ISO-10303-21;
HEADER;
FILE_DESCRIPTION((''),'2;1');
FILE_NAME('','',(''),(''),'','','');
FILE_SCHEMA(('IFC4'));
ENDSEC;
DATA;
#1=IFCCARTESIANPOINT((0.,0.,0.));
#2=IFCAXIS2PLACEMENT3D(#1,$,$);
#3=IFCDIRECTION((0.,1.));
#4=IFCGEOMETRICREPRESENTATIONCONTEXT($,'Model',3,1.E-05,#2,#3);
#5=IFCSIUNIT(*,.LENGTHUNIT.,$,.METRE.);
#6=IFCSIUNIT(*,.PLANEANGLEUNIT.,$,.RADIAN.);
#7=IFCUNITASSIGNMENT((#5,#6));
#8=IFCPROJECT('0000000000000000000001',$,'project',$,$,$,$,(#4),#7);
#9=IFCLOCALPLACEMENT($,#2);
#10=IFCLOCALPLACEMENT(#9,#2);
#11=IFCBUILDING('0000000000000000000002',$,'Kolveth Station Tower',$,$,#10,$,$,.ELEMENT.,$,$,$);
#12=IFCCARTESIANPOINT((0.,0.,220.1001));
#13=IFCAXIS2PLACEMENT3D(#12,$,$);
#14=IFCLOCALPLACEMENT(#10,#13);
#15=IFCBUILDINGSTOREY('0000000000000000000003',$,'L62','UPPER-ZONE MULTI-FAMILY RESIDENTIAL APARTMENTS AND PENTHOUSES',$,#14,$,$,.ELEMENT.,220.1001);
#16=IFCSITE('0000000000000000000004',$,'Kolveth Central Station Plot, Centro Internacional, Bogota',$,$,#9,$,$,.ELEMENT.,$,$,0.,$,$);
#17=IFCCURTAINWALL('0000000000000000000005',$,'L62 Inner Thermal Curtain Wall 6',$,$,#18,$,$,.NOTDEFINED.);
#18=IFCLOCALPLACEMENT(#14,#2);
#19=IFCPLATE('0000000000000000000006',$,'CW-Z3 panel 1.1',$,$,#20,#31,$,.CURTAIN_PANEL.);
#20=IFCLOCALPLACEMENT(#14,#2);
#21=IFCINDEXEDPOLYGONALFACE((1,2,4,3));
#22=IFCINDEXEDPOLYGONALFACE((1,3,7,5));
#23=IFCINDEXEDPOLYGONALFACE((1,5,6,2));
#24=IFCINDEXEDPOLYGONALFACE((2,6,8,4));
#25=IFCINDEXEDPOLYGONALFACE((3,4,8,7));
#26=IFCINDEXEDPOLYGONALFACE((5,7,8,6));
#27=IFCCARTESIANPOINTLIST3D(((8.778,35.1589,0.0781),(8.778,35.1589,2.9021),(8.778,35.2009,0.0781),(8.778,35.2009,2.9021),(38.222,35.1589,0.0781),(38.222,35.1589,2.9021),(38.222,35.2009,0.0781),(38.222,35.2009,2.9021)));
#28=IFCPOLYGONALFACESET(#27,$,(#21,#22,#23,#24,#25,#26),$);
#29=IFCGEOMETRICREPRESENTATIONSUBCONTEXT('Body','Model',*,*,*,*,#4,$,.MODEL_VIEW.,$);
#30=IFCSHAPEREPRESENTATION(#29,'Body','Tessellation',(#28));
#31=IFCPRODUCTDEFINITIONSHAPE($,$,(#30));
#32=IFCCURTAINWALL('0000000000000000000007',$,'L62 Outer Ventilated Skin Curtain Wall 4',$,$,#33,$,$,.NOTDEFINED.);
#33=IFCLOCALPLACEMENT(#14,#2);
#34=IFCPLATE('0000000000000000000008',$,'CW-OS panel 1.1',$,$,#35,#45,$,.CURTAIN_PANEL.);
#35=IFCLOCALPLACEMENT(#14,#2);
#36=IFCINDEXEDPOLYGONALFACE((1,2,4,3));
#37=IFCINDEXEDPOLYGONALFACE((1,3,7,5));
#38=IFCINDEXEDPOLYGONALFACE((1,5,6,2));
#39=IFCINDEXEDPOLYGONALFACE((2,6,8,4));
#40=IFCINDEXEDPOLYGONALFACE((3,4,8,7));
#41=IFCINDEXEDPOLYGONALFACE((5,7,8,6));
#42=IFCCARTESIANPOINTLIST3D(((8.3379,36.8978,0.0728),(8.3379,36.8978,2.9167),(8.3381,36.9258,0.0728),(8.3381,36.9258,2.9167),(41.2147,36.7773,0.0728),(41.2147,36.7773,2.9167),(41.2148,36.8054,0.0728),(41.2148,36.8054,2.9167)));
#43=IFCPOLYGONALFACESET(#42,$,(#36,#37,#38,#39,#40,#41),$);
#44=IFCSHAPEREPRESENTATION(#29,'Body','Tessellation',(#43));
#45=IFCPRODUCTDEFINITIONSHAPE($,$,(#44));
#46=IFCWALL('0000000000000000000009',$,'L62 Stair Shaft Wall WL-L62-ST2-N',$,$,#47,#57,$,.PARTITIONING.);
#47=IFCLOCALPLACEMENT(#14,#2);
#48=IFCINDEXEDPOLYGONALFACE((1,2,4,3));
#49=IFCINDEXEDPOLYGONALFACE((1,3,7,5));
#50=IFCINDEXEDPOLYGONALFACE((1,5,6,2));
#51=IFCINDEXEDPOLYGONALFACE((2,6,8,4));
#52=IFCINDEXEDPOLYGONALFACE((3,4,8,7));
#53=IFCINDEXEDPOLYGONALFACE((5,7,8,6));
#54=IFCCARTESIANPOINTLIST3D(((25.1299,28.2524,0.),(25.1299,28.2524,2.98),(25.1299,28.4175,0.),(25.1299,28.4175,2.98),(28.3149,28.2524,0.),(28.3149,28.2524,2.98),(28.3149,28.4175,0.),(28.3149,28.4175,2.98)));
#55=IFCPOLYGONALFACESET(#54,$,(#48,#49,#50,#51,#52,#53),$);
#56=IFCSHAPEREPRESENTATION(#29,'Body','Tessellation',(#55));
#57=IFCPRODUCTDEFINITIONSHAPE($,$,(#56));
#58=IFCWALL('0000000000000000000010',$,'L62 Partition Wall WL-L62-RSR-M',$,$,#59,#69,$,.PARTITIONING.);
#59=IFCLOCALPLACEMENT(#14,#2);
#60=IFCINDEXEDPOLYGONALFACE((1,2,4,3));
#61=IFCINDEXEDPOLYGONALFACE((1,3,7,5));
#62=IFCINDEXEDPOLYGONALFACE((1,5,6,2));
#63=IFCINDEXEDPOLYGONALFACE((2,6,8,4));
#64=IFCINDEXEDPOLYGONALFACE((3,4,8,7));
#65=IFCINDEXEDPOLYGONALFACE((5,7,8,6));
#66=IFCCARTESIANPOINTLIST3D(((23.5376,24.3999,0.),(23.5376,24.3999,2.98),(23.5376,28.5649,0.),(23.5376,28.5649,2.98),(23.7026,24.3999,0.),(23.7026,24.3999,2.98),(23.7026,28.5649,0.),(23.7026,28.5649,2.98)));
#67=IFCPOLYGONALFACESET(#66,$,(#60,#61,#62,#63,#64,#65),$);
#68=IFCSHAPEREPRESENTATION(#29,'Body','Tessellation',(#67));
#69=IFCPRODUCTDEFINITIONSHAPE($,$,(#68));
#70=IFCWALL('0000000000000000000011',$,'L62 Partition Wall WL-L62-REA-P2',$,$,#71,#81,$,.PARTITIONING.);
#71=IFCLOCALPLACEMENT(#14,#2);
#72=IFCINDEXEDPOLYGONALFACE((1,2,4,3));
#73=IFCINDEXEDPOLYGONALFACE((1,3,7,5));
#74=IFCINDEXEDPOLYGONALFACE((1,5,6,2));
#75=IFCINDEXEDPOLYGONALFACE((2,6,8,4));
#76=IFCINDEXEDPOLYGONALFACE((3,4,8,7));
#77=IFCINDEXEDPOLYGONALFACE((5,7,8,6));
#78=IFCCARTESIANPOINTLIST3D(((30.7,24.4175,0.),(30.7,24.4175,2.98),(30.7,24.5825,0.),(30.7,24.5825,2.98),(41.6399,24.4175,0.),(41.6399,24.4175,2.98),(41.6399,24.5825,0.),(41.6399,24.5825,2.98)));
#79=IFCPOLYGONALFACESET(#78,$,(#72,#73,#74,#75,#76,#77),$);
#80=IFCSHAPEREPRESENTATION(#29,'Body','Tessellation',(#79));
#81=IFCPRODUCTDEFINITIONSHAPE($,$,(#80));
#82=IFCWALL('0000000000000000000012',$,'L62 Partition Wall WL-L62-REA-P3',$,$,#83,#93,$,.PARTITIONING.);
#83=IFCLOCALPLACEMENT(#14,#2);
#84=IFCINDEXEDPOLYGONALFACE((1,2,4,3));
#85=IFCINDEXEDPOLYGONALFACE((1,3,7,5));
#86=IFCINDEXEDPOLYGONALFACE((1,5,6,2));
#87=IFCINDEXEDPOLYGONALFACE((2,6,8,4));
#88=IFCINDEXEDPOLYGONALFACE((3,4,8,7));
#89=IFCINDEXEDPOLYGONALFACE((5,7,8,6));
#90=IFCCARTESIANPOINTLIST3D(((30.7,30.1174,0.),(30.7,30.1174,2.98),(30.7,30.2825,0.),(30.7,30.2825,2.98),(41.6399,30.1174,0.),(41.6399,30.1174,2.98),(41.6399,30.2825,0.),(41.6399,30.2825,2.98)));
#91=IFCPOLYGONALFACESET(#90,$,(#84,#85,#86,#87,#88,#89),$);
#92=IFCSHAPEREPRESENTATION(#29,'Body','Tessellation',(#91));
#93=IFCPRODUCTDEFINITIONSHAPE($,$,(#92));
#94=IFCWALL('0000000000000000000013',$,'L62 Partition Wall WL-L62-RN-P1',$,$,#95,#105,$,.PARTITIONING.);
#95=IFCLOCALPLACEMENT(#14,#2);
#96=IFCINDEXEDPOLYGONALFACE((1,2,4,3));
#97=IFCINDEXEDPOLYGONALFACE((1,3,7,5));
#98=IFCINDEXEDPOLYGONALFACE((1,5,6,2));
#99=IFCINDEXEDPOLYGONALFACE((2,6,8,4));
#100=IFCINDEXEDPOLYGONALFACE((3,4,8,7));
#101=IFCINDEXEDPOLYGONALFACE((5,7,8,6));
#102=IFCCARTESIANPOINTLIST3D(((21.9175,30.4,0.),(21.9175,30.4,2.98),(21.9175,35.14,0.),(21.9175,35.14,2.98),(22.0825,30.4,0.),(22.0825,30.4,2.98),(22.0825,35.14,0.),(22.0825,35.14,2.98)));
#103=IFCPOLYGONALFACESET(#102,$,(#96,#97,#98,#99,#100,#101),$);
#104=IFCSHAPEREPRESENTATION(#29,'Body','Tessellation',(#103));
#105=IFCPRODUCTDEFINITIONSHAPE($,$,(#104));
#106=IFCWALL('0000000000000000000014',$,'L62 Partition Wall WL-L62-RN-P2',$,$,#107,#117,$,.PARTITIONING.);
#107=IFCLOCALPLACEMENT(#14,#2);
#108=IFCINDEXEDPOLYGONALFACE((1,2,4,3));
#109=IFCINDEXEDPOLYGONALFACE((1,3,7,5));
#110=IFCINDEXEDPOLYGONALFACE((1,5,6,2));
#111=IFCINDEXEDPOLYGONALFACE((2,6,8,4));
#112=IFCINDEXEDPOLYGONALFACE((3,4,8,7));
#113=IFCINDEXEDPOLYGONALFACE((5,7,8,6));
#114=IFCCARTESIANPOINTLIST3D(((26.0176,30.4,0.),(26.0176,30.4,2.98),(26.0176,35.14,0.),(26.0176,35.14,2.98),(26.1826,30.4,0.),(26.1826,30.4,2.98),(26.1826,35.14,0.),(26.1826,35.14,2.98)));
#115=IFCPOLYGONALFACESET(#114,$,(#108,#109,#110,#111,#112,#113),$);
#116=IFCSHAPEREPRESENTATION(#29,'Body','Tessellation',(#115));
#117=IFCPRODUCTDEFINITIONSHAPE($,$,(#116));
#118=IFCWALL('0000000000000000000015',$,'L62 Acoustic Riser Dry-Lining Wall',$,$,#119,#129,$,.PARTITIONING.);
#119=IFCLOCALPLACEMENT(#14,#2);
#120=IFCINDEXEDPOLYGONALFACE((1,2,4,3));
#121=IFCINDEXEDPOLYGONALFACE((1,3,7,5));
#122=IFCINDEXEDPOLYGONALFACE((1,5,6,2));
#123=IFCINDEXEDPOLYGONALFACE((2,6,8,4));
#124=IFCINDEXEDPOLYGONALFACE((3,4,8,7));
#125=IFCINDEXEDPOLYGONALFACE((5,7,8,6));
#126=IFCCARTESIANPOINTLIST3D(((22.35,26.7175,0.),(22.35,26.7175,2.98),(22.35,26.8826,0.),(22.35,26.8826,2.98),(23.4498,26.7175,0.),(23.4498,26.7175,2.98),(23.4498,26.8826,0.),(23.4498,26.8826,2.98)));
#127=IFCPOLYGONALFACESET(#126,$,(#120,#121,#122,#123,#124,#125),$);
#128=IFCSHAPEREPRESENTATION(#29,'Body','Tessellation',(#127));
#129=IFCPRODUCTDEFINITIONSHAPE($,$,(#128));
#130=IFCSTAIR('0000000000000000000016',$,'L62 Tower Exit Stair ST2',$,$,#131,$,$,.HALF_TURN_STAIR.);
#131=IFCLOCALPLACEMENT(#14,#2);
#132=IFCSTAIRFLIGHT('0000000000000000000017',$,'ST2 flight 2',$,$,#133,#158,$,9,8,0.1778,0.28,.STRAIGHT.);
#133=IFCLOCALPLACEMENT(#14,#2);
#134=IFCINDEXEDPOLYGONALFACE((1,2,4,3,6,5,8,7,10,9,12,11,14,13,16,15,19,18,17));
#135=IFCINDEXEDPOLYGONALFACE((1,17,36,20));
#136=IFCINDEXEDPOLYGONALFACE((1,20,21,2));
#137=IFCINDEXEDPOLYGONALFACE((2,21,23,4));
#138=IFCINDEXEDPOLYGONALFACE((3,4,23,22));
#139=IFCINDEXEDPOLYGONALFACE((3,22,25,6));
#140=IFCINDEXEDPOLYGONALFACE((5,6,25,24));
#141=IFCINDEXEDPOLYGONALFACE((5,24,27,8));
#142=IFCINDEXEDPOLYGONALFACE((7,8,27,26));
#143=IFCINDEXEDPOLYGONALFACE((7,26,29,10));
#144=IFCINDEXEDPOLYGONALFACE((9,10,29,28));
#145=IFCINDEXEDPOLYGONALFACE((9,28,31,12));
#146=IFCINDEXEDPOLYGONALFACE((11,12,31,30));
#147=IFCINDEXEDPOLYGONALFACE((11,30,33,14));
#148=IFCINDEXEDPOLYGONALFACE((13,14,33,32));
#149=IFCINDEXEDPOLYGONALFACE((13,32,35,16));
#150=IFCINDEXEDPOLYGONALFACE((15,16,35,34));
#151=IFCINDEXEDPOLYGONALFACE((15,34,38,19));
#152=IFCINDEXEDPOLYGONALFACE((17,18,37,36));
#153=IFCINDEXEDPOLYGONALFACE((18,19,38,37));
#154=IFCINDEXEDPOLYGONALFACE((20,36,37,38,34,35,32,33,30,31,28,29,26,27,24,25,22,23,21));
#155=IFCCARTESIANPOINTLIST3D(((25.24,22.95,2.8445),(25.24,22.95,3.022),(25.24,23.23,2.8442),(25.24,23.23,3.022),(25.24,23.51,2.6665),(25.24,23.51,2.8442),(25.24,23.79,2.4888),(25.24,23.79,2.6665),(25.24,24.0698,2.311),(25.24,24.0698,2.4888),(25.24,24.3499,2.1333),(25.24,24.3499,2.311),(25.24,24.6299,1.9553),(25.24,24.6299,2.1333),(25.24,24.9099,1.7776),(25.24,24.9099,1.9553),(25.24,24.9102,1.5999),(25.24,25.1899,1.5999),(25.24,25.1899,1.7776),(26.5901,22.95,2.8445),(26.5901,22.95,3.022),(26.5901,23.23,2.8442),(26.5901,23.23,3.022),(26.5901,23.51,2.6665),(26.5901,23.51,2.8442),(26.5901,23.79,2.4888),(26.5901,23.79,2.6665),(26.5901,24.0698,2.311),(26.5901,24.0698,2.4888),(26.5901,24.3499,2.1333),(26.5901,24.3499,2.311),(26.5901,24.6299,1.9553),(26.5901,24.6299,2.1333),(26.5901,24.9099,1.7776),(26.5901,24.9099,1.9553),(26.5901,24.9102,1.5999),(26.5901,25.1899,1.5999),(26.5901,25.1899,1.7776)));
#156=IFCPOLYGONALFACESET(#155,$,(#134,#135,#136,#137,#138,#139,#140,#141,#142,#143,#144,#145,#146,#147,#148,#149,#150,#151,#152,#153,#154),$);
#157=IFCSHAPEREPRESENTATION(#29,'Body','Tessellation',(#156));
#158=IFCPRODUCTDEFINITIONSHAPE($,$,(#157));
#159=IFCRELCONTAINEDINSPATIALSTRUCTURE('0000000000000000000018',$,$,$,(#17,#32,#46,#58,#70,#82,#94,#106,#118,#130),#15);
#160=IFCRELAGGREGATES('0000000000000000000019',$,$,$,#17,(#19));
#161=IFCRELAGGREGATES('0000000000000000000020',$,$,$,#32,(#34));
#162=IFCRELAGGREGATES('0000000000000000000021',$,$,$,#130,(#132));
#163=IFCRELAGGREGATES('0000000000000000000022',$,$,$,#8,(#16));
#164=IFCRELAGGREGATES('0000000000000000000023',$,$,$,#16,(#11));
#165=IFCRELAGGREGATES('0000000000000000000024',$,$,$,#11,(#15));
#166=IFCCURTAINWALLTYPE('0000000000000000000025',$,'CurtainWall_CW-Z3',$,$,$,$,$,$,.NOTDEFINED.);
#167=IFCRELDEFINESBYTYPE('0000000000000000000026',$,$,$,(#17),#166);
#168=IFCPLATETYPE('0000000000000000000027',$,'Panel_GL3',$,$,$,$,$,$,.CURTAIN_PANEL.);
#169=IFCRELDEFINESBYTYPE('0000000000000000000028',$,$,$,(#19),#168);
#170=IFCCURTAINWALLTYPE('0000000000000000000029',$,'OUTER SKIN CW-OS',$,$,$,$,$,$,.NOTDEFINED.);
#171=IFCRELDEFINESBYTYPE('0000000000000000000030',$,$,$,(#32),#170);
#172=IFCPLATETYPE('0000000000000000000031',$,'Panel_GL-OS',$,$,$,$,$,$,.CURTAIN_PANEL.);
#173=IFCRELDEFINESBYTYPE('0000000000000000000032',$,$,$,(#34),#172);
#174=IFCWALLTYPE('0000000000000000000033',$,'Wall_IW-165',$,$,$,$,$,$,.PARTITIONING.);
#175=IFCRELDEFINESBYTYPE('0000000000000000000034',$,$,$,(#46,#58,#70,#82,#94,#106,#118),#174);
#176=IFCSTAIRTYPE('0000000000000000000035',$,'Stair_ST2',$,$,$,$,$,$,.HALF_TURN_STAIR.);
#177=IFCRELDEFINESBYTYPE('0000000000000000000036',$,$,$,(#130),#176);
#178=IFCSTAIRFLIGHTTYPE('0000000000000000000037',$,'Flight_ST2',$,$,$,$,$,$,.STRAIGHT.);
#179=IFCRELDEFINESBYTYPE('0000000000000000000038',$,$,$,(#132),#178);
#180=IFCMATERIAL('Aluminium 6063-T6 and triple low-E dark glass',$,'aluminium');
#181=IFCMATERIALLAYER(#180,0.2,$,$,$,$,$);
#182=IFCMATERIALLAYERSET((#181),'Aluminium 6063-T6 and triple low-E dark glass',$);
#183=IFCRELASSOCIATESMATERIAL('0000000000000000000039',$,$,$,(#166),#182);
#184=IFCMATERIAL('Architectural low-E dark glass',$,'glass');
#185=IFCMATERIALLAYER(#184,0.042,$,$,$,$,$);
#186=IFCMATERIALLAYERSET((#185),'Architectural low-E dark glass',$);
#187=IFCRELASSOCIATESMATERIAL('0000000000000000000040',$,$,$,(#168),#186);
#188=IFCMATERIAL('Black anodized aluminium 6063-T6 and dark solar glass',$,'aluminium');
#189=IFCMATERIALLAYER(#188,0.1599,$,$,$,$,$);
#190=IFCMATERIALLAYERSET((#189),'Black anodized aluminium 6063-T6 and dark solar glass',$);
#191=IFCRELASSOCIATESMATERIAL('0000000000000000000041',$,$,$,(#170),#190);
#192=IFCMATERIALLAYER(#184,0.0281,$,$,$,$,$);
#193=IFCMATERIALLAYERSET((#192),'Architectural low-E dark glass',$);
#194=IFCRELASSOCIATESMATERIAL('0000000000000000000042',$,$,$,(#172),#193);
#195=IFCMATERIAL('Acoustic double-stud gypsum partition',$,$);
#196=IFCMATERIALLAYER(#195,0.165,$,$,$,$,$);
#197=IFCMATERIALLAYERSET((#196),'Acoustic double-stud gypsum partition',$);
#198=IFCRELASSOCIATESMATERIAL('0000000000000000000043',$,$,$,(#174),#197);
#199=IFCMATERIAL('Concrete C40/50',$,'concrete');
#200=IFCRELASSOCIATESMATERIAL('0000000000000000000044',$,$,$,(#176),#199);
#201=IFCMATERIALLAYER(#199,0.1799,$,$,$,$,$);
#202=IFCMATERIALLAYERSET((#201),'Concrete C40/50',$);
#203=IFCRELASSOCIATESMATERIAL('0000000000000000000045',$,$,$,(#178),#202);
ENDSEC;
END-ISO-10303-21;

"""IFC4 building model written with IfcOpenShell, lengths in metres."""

from ifc_helpers import new_model, si_unit, direction, frame, frame_2d, origin, origin_2d, place, context, subcontext, project, spatial, polyline, rectangle, outline, extrude, source, transform, mapped, material, layer, layer_set, type_object, element, aggregate, save


model = new_model("IFC4")

# Units and contexts
model_context = context("Model", 3, precision=1e-05, world=origin(), true_north=direction((0.0, 1.0)))
body_context = subcontext(model_context, "Body", "Model", "MODEL_VIEW")
ifc_project = project(units=[si_unit("LENGTHUNIT", "METRE"), si_unit("PLANEANGLEUNIT", "RADIAN")], contexts=[model_context])

# Site, building, storey
site_placement = place(None, origin())
site = spatial("IfcSite", under=ifc_project, at=site_placement, Name="Kolveth Central Station Plot, Centro Internacional, Bogota", CompositionType="ELEMENT", RefElevation=0.0)
building_placement = place(site_placement, origin())
building = spatial("IfcBuilding", under=site, at=building_placement, Name="Kolveth Station Tower", CompositionType="ELEMENT")
storey_placement = place(building_placement, frame((0.0, 0.0, 220.1001)))
storey = spatial("IfcBuildingStorey", under=building, at=storey_placement, Name="L62", Description="UPPER-ZONE MULTI-FAMILY RESIDENTIAL APARTMENTS AND PENTHOUSES", CompositionType="ELEMENT", Elevation=220.1001)

# Curtain walls, plates
ifc_material_1 = material(Name="Aluminium 6063-T6 and triple low-E dark glass", Category="aluminium")
ifc_layer_1 = layer(ifc_material_1, 0.2)
ifc_layer_set_1 = layer_set([ifc_layer_1], Name="Aluminium 6063-T6 and triple low-E dark glass")
curtain_wall_type_1 = type_object("IfcCurtainWallType", Name="CurtainWall_CW-Z3", PredefinedType="NOTDEFINED", material=ifc_layer_set_1)
curtain_wall_1_placement = place(storey_placement, origin())
curtain_wall_1 = element("IfcCurtainWall", 1, at=curtain_wall_1_placement, inside=storey, type_object=curtain_wall_type_1, Name="L62 Inner Thermal Curtain Wall 6", PredefinedType="NOTDEFINED")
ifc_material_2 = material(Name="Architectural low-E dark glass", Category="glass")
ifc_layer_2 = layer(ifc_material_2, 0.042)
ifc_layer_set_2 = layer_set([ifc_layer_2], Name="Architectural low-E dark glass")
plate_type_1 = type_object("IfcPlateType", Name="Panel_GL3", PredefinedType="CURTAIN_PANEL", material=ifc_layer_set_2)
shared_shape_1 = source(origin(), body_context, "Body", "SweptSolid", [
    extrude(rectangle(XDim=29.4441, YDim=0.042, at=origin_2d()), origin(), (0.0, 0.0, 1.0), 2.824),
])
plate_1_placement = place(storey_placement, frame((23.5, 35.1799, 0.0781), z_axis=(0.0, 0.0, 1.0), x_axis=(-1.0, 0.0, 0.0)))
plate_1 = element("IfcPlate", 2, at=plate_1_placement, type_object=plate_type_1, Name="CW-Z3 panel 1.1", PredefinedType="CURTAIN_PANEL", context=body_context, shape_type="MappedRepresentation", body=[
    mapped(shared_shape_1, transform((0.0, 0.0, 0.0), x_axis=(1.0, 0.0, 0.0), y_axis=(0.0, 1.0, 0.0), z_axis=(0.0, 0.0, 1.0), scale=1.0)),
])
aggregate(curtain_wall_1, [plate_1])
ifc_material_3 = material(Name="Black anodized aluminium 6063-T6 and dark solar glass", Category="aluminium")
ifc_layer_3 = layer(ifc_material_3, 0.1599)
ifc_layer_set_3 = layer_set([ifc_layer_3], Name="Black anodized aluminium 6063-T6 and dark solar glass")
curtain_wall_type_2 = type_object("IfcCurtainWallType", Name="OUTER SKIN CW-OS", PredefinedType="NOTDEFINED", material=ifc_layer_set_3)
curtain_wall_2_placement = place(storey_placement, origin())
curtain_wall_2 = element("IfcCurtainWall", 3, at=curtain_wall_2_placement, inside=storey, type_object=curtain_wall_type_2, Name="L62 Outer Ventilated Skin Curtain Wall 4", PredefinedType="NOTDEFINED")
ifc_layer_4 = layer(ifc_material_2, 0.0281)
ifc_layer_set_4 = layer_set([ifc_layer_4], Name="Architectural low-E dark glass")
plate_type_2 = type_object("IfcPlateType", Name="Panel_GL-OS", PredefinedType="CURTAIN_PANEL", material=ifc_layer_set_4)
shared_shape_2 = source(origin(), body_context, "Body", "SweptSolid", [
    extrude(rectangle(XDim=32.877, YDim=0.0281, at=origin_2d()), origin(), (0.0, 0.0, 1.0), 2.844),
])
plate_2_placement = place(storey_placement, frame((24.7764, 36.8516, 0.0728), z_axis=(0.0, 0.0, 1.0), x_axis=(-0.999993, 0.003665, 0.0)))
plate_2 = element("IfcPlate", 4, at=plate_2_placement, type_object=plate_type_2, Name="CW-OS panel 1.1", PredefinedType="CURTAIN_PANEL", context=body_context, shape_type="MappedRepresentation", body=[
    mapped(shared_shape_2, transform((0.0, 0.0, 0.0), x_axis=(1.0, 0.0, 0.0), y_axis=(0.0, 1.0, 0.0), z_axis=(0.0, 0.0, 1.0), scale=1.0)),
])
aggregate(curtain_wall_2, [plate_2])

# Walls
ifc_material_4 = material(Name="Acoustic double-stud gypsum partition")
ifc_layer_5 = layer(ifc_material_4, 0.165)
ifc_layer_set_5 = layer_set([ifc_layer_5], Name="Acoustic double-stud gypsum partition")
wall_type = type_object("IfcWallType", Name="Wall_IW-165", PredefinedType="PARTITIONING", material=ifc_layer_set_5)
wall_1_placement = place(storey_placement, frame((25.1299, 28.335, 0.0), z_axis=(0.0, 0.0, 1.0), x_axis=(1.0, 0.0, 0.0)))
element("IfcWall", 5, at=wall_1_placement, inside=storey, type_object=wall_type, Name="L62 Stair Shaft Wall WL-L62-ST2-N", PredefinedType="PARTITIONING", context=body_context, shape_type="SweptSolid", body=[
    extrude(rectangle(XDim=3.1851, YDim=0.165, at=frame_2d((1.5925, 0.0))), origin(), (0.0, 0.0, 1.0), 2.98),
])
wall_2_placement = place(storey_placement, frame((23.6201, 24.3999, 0.0), z_axis=(0.0, 0.0, 1.0), x_axis=(0.0, 1.0, 0.0)))
element("IfcWall", 6, at=wall_2_placement, inside=storey, type_object=wall_type, Name="L62 Partition Wall WL-L62-RSR-M", PredefinedType="PARTITIONING", context=body_context, shape_type="SweptSolid", body=[
    extrude(rectangle(XDim=4.165, YDim=0.165, at=frame_2d((2.0825, 0.0))), origin(), (0.0, 0.0, 1.0), 2.98),
])
for number, where, z_axis, x_axis, name in (
    (7, (30.7, 24.5, 0.0), (0.0, 0.0, 1.0), (1.0, 0.0, 0.0), "L62 Partition Wall WL-L62-REA-P2"),
    (8, (30.7, 30.2, 0.0), (0.0, 0.0, 1.0), (1.0, 0.0, 0.0), "L62 Partition Wall WL-L62-REA-P3"),
):
    element("IfcWall", number, at=place(storey_placement, frame(where, z_axis=z_axis, x_axis=x_axis)), inside=storey, type_object=wall_type, Name=name, PredefinedType="PARTITIONING", context=body_context, shape_type="SweptSolid", body=[
        extrude(rectangle(XDim=10.9399, YDim=0.165, at=frame_2d((5.47, 0.0))), origin(), (0.0, 0.0, 1.0), 2.98),
    ])
for number, where, z_axis, x_axis, name in (
    (9, (22.0, 30.3999, 0.0), (0.0, 0.0, 1.0), (0.0, 1.0, 0.0), "L62 Partition Wall WL-L62-RN-P1"),
    (10, (26.1001, 30.3999, 0.0), (0.0, 0.0, 1.0), (0.0, 1.0, 0.0), "L62 Partition Wall WL-L62-RN-P2"),
):
    element("IfcWall", number, at=place(storey_placement, frame(where, z_axis=z_axis, x_axis=x_axis)), inside=storey, type_object=wall_type, Name=name, PredefinedType="PARTITIONING", context=body_context, shape_type="SweptSolid", body=[
        extrude(rectangle(XDim=4.74, YDim=0.165, at=frame_2d((2.3701, 0.0))), origin(), (0.0, 0.0, 1.0), 2.98),
    ])
wall_3_placement = place(storey_placement, frame((22.3501, 26.8, 0.0), z_axis=(0.0, 0.0, 1.0), x_axis=(1.0, 0.0, 0.0)))
element("IfcWall", 11, at=wall_3_placement, inside=storey, type_object=wall_type, Name="L62 Acoustic Riser Dry-Lining Wall", PredefinedType="PARTITIONING", context=body_context, shape_type="SweptSolid", body=[
    extrude(rectangle(XDim=1.0999, YDim=0.165, at=frame_2d((0.5498, 0.0))), origin(), (0.0, 0.0, 1.0), 2.98),
])

# Stair, stair flight
ifc_material_5 = material(Name="Concrete C40/50", Category="concrete")
stair_type = type_object("IfcStairType", Name="Stair_ST2", PredefinedType="HALF_TURN_STAIR", material=ifc_material_5)
stair_placement = place(storey_placement, origin())
stair = element("IfcStair", 12, at=stair_placement, inside=storey, type_object=stair_type, Name="L62 Tower Exit Stair ST2", PredefinedType="HALF_TURN_STAIR")
ifc_layer_6 = layer(ifc_material_5, 0.1799)
ifc_layer_set_6 = layer_set([ifc_layer_6], Name="Concrete C40/50")
stair_flight_type = type_object("IfcStairFlightType", Name="Flight_ST2", PredefinedType="STRAIGHT", material=ifc_layer_set_6)
stair_flight_placement = place(storey_placement, frame((25.915, 25.1899, 1.5999), z_axis=(0.0, 0.0, 1.0), x_axis=(0.0, -1.0, 0.0)))
stair_flight = element("IfcStairFlight", 13, at=stair_flight_placement, type_object=stair_flight_type, Name="ST2 flight 2", NumberOfRisers=9, NumberOfTreads=8, PredefinedType="STRAIGHT", RiserHeight=0.1778, TreadLength=0.28, context=body_context, shape_type="SweptSolid", body=[
    extrude(outline(polyline([(0.0, 0.0), (0.0, 0.1777), (0.28, 0.1777), (0.28, 0.3555), (0.5601, 0.3555), (0.5601, 0.5334), (0.8401, 0.5334), (0.8401, 0.7112), (1.1201, 0.7112), (1.1201, 0.8889), (1.3999, 0.8889), (1.3999, 1.0667), (1.6799, 1.0667), (1.6799, 1.2444), (1.96, 1.2444), (1.96, 1.4221), (2.24, 1.4221), (2.24, 1.6001), (2.24, 1.2446), (0.2798, 0.0), (0.0, 0.0)])), frame((0.0, 0.675, 0.0), z_axis=(0.0, -1.0, 0.0), x_axis=(1.0, 0.0, 0.0)), (0.0, 0.0, 1.0), 1.3501),
])
aggregate(stair, [stair_flight])

save(model, "model.ifc")
